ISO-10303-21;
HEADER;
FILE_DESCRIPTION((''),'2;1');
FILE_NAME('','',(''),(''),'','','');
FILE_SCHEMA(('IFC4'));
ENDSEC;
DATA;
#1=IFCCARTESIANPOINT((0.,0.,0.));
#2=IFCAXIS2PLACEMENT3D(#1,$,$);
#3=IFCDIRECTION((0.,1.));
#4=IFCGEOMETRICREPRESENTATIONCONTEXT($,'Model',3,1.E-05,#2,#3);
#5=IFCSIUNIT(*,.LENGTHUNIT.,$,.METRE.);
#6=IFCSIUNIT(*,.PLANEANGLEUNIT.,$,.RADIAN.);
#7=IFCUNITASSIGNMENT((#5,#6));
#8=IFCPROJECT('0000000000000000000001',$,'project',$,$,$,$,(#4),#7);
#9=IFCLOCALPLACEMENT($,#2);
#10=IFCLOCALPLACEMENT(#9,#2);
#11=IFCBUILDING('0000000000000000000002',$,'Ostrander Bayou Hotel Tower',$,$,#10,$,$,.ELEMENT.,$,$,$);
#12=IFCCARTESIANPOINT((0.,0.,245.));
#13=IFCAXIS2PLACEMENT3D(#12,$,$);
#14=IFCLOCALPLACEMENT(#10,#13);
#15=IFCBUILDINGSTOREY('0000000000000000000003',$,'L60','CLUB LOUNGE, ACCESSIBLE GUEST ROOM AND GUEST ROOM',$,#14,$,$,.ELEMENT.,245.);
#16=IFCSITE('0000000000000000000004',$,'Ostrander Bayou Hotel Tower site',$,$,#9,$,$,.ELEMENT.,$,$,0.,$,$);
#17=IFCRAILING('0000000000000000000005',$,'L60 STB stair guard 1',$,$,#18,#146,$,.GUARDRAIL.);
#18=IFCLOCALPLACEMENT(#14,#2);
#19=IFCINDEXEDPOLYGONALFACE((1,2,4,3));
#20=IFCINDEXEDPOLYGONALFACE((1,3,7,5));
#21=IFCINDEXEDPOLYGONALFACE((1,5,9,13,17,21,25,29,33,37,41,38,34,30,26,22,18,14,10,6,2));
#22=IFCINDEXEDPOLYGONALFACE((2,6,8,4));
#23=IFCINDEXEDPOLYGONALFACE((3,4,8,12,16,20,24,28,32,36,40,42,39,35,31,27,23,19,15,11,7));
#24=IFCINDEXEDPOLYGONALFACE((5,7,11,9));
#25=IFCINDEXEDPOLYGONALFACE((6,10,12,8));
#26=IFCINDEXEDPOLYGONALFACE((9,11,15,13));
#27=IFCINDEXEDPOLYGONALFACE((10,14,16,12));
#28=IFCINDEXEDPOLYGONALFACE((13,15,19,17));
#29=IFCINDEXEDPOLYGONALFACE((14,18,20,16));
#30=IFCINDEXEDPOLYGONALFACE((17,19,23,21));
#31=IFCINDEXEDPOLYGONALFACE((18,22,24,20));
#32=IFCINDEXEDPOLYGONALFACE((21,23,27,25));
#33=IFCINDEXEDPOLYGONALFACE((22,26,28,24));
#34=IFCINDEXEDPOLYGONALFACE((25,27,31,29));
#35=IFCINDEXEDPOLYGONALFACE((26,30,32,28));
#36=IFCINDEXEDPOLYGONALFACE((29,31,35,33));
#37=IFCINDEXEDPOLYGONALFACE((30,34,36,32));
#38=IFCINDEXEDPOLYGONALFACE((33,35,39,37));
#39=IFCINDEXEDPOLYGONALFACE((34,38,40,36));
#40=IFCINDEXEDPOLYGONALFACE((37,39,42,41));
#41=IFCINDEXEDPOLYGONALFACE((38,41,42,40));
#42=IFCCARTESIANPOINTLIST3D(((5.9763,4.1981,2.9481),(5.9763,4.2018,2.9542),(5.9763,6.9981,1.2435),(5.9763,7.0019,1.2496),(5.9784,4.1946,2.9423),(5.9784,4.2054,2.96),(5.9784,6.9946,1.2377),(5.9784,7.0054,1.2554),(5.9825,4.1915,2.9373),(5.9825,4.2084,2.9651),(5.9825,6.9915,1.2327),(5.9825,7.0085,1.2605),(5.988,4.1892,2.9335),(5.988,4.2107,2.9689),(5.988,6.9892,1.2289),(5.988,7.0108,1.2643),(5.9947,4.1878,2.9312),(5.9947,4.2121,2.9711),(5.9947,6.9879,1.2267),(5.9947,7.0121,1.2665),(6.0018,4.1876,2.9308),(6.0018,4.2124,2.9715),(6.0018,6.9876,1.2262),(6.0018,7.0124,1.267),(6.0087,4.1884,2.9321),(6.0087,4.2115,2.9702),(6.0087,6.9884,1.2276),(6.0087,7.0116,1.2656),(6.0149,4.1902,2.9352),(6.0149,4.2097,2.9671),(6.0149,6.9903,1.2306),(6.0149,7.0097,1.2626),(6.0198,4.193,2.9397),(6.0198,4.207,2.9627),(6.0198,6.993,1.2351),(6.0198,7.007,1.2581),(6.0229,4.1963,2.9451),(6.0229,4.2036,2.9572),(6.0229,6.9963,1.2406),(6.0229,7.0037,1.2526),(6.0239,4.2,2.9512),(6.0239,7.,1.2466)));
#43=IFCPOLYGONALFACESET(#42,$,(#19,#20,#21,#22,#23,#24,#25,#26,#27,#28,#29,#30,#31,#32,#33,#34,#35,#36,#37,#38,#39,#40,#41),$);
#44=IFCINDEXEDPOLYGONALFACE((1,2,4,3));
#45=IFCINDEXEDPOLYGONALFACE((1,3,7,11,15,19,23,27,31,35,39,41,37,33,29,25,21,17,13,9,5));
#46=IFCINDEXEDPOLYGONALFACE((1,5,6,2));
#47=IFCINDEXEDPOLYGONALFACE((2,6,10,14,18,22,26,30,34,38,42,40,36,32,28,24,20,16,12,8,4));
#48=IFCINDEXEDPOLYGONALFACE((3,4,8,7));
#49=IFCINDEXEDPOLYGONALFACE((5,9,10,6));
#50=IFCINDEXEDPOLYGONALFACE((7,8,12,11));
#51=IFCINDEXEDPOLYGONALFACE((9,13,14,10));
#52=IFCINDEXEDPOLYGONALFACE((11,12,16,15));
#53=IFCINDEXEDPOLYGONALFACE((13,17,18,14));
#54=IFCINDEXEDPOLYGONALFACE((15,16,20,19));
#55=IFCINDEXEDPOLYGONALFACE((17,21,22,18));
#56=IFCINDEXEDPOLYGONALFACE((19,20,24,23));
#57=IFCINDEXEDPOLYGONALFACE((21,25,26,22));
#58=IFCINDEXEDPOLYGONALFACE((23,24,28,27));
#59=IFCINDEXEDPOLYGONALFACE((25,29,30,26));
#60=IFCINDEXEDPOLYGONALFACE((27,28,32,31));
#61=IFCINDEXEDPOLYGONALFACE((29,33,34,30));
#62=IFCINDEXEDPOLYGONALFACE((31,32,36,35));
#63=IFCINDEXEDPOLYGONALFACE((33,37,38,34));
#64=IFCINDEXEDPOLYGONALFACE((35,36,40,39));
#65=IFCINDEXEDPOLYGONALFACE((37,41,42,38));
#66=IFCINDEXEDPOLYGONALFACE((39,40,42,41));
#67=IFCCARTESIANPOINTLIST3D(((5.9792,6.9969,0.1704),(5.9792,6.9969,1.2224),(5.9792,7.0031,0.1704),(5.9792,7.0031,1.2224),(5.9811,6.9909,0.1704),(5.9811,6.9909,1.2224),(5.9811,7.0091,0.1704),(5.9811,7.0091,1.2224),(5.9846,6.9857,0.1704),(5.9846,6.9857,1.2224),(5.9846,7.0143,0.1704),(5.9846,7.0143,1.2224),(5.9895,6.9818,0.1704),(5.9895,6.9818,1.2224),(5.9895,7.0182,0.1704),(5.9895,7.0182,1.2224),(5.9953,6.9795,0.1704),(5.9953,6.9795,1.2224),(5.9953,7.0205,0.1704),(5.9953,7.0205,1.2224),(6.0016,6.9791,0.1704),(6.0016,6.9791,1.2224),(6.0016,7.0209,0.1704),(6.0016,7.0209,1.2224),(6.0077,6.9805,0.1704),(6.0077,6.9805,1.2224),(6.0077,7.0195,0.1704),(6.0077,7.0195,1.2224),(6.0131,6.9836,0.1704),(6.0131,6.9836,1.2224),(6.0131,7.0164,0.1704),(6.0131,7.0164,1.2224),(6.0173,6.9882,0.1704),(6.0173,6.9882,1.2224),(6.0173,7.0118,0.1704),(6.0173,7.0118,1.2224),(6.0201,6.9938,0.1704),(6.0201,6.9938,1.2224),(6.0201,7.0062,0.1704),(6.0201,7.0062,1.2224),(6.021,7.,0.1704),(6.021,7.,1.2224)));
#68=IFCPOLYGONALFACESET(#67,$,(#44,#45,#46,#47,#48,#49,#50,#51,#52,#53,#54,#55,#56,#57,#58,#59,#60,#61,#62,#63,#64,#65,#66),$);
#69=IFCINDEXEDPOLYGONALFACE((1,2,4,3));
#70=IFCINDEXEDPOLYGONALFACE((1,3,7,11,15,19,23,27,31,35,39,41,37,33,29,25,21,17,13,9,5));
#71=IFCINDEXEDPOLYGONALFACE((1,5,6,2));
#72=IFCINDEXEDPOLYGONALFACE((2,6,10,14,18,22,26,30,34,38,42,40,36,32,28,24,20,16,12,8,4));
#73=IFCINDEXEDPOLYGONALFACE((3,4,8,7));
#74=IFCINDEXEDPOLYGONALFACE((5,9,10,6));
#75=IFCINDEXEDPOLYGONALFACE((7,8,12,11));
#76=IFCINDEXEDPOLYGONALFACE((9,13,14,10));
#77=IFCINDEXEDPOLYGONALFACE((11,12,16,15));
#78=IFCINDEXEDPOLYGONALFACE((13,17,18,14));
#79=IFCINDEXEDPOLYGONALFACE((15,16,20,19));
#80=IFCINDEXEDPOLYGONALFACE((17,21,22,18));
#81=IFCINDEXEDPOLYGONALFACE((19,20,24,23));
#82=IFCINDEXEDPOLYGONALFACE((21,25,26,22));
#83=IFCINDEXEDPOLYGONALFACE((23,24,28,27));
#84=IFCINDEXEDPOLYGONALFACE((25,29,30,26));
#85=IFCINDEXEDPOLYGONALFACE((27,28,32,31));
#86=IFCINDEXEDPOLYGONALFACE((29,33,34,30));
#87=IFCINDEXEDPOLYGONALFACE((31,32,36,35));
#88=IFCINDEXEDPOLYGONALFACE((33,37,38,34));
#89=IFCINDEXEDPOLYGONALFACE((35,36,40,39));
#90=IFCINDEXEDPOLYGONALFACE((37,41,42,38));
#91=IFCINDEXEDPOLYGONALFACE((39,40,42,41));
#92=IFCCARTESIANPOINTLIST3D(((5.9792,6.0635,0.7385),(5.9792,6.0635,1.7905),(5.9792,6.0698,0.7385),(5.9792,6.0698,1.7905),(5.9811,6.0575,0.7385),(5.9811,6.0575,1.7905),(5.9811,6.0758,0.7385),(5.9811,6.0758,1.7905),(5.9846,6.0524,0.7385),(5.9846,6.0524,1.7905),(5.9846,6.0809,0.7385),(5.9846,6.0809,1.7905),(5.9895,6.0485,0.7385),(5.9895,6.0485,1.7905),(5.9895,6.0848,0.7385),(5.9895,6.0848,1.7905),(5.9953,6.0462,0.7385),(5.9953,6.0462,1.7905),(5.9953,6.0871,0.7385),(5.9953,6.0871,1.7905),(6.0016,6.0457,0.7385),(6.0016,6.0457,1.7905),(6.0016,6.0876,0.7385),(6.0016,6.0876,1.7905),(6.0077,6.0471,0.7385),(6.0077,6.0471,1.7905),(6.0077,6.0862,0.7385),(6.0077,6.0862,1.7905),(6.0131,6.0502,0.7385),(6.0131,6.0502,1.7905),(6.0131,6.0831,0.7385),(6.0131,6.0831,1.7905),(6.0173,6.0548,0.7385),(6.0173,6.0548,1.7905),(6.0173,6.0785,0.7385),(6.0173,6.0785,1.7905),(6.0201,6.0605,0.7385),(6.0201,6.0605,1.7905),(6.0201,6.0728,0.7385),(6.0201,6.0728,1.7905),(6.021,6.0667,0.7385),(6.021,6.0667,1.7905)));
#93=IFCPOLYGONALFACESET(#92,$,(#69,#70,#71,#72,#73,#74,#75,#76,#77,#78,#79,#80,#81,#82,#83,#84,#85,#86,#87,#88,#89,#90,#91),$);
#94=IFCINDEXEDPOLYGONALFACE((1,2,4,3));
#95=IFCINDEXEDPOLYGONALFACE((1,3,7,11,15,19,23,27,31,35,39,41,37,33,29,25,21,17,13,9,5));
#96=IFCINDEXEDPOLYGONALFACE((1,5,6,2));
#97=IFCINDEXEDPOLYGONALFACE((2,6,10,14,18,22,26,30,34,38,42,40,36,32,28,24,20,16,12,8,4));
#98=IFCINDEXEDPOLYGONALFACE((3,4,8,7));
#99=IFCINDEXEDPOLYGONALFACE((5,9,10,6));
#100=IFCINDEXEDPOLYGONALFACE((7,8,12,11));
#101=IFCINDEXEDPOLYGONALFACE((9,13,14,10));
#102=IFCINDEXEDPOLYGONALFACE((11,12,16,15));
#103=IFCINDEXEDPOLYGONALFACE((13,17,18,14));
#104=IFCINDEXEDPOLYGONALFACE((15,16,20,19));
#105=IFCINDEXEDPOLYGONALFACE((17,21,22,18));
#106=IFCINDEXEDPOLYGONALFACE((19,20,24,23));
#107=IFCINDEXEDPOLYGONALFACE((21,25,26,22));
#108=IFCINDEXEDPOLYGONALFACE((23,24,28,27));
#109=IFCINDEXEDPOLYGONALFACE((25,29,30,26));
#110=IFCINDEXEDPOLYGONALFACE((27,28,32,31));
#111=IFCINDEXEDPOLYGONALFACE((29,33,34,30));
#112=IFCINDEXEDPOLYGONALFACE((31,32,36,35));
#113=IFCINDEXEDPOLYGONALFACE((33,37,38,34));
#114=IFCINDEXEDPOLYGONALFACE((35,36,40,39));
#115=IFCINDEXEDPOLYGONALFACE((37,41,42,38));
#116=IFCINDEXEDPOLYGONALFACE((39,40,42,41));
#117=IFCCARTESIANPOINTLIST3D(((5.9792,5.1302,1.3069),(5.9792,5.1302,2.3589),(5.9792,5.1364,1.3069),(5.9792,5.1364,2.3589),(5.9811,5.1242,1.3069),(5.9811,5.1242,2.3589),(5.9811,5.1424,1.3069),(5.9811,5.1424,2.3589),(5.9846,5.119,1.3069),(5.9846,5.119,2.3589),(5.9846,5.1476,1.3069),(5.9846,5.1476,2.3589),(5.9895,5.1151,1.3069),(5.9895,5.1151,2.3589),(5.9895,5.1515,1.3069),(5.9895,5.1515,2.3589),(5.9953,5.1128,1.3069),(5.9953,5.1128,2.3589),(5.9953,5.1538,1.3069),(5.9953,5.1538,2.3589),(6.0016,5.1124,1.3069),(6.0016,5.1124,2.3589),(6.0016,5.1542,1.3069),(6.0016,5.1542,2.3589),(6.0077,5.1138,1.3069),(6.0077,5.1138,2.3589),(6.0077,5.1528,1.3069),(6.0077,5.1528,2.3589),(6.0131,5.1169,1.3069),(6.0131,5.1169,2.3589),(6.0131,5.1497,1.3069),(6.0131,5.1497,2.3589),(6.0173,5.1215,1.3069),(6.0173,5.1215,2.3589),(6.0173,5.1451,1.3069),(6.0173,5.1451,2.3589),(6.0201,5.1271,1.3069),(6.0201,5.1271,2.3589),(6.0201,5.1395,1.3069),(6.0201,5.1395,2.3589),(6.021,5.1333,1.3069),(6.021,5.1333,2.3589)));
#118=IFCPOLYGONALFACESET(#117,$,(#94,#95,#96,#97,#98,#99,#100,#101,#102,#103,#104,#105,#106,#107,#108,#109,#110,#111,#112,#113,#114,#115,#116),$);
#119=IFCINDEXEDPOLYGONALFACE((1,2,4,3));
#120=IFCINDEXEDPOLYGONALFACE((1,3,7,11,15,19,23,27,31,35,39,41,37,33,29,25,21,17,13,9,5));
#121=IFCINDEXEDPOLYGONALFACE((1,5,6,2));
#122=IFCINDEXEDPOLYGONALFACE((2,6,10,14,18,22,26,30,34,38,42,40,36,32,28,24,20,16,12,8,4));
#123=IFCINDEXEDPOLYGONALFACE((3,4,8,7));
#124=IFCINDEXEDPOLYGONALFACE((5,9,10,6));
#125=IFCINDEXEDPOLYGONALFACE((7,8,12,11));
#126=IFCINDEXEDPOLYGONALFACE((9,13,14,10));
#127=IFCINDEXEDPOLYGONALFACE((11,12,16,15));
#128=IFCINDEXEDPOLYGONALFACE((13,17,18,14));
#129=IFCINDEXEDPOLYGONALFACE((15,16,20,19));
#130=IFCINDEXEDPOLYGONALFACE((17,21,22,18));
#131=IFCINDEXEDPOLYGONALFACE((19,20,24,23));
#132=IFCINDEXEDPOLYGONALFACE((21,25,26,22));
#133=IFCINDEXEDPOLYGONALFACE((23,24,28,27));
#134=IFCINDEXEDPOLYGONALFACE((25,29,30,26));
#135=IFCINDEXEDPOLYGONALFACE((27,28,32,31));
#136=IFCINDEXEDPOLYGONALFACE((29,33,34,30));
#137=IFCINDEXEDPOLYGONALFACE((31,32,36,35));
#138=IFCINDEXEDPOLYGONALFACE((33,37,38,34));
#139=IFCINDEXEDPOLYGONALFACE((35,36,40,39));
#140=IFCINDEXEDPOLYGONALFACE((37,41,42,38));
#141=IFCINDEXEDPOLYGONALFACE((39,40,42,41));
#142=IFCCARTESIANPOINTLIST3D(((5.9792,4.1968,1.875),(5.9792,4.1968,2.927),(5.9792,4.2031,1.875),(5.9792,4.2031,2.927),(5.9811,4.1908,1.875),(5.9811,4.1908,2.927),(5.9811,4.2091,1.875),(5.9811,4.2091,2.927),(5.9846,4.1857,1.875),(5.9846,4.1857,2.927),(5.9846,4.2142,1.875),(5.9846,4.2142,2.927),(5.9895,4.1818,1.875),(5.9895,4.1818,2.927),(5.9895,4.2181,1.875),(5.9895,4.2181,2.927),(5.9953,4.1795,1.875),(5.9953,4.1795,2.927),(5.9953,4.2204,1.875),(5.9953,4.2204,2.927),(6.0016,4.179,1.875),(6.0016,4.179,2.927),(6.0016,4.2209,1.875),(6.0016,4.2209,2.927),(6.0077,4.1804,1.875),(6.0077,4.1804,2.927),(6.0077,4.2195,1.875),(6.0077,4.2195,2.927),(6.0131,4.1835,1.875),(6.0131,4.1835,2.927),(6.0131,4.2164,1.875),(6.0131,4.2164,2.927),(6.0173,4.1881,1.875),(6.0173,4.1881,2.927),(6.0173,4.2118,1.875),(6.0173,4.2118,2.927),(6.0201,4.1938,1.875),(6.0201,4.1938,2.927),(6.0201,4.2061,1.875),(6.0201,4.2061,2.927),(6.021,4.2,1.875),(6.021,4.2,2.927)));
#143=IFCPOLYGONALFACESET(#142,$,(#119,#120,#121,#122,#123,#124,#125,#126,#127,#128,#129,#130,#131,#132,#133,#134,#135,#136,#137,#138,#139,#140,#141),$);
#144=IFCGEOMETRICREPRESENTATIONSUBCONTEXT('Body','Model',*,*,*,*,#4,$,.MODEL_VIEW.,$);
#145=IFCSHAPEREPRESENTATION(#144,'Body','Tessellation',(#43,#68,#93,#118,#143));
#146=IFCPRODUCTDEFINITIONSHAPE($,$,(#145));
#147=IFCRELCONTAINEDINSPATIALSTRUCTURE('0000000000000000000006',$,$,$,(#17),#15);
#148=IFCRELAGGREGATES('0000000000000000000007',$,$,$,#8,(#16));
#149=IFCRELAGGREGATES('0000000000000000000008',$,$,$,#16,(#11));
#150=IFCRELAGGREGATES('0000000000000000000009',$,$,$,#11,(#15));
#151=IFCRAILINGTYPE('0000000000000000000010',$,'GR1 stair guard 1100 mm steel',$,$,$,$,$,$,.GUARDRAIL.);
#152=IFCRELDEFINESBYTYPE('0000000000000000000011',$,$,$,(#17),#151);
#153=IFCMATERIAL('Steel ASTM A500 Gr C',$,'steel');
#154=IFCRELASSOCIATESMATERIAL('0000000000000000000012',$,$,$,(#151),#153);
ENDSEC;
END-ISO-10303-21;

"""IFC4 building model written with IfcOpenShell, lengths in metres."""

from ifc_helpers import new_model, si_unit, direction, frame, origin, origin_2d, place, context, subcontext, project, spatial, circle, extrude, material, type_object, element, save


model = new_model("IFC4")

# Units and contexts
model_context = context("Model", 3, precision=1e-05, world=origin(), true_north=direction((0.0, 1.0)))
body_context = subcontext(model_context, "Body", "Model", "MODEL_VIEW")
ifc_project = project(units=[si_unit("LENGTHUNIT", "METRE"), si_unit("PLANEANGLEUNIT", "RADIAN")], contexts=[model_context])

# Site, building, storey
site_placement = place(None, origin())
site = spatial("IfcSite", under=ifc_project, at=site_placement, Name="Ostrander Bayou Hotel Tower site", CompositionType="ELEMENT", RefElevation=0.0)
building_placement = place(site_placement, origin())
building = spatial("IfcBuilding", under=site, at=building_placement, Name="Ostrander Bayou Hotel Tower", CompositionType="ELEMENT")
storey_placement = place(building_placement, frame((0.0, 0.0, 245.0)))
storey = spatial("IfcBuildingStorey", under=building, at=storey_placement, Name="L60", Description="CLUB LOUNGE, ACCESSIBLE GUEST ROOM AND GUEST ROOM", CompositionType="ELEMENT", Elevation=245.0)

# Railing
ifc_material_1 = material(Name="Steel ASTM A500 Gr C", Category="steel")
railing_type_1 = type_object("IfcRailingType", Name="GR1 stair guard 1100 mm steel", PredefinedType="GUARDRAIL", material=ifc_material_1)
railing_1_placement = place(storey_placement, frame((6.0, 7.0, 0.1704)))
element("IfcRailing", 1, at=railing_1_placement, inside=storey, type_object=railing_type_1, Name="L60 STB stair guard 1", PredefinedType="GUARDRAIL", context=body_context, shape_type="SweptSolid", body=[
    extrude(circle(Radius=0.0239, at=origin_2d()), frame((0.0, 0.0, 1.0762), z_axis=(0.0, -0.85417, 0.519994), x_axis=(1.0, 0.0, 0.0)), (0.0, 0.0, 1.0), 3.2781),
    extrude(circle(Radius=0.021, at=origin_2d()), origin(), (0.0, 0.0, 1.0), 1.052),
    extrude(circle(Radius=0.021, at=origin_2d()), frame((0.0, -0.9333, 0.5681)), (0.0, 0.0, 1.0), 1.052),
    extrude(circle(Radius=0.021, at=origin_2d()), frame((0.0, -1.8667, 1.1365)), (0.0, 0.0, 1.0), 1.052),
    extrude(circle(Radius=0.021, at=origin_2d()), frame((0.0, -2.8, 1.7046)), (0.0, 0.0, 1.0), 1.052),
])

save(model, "model.ifc")
